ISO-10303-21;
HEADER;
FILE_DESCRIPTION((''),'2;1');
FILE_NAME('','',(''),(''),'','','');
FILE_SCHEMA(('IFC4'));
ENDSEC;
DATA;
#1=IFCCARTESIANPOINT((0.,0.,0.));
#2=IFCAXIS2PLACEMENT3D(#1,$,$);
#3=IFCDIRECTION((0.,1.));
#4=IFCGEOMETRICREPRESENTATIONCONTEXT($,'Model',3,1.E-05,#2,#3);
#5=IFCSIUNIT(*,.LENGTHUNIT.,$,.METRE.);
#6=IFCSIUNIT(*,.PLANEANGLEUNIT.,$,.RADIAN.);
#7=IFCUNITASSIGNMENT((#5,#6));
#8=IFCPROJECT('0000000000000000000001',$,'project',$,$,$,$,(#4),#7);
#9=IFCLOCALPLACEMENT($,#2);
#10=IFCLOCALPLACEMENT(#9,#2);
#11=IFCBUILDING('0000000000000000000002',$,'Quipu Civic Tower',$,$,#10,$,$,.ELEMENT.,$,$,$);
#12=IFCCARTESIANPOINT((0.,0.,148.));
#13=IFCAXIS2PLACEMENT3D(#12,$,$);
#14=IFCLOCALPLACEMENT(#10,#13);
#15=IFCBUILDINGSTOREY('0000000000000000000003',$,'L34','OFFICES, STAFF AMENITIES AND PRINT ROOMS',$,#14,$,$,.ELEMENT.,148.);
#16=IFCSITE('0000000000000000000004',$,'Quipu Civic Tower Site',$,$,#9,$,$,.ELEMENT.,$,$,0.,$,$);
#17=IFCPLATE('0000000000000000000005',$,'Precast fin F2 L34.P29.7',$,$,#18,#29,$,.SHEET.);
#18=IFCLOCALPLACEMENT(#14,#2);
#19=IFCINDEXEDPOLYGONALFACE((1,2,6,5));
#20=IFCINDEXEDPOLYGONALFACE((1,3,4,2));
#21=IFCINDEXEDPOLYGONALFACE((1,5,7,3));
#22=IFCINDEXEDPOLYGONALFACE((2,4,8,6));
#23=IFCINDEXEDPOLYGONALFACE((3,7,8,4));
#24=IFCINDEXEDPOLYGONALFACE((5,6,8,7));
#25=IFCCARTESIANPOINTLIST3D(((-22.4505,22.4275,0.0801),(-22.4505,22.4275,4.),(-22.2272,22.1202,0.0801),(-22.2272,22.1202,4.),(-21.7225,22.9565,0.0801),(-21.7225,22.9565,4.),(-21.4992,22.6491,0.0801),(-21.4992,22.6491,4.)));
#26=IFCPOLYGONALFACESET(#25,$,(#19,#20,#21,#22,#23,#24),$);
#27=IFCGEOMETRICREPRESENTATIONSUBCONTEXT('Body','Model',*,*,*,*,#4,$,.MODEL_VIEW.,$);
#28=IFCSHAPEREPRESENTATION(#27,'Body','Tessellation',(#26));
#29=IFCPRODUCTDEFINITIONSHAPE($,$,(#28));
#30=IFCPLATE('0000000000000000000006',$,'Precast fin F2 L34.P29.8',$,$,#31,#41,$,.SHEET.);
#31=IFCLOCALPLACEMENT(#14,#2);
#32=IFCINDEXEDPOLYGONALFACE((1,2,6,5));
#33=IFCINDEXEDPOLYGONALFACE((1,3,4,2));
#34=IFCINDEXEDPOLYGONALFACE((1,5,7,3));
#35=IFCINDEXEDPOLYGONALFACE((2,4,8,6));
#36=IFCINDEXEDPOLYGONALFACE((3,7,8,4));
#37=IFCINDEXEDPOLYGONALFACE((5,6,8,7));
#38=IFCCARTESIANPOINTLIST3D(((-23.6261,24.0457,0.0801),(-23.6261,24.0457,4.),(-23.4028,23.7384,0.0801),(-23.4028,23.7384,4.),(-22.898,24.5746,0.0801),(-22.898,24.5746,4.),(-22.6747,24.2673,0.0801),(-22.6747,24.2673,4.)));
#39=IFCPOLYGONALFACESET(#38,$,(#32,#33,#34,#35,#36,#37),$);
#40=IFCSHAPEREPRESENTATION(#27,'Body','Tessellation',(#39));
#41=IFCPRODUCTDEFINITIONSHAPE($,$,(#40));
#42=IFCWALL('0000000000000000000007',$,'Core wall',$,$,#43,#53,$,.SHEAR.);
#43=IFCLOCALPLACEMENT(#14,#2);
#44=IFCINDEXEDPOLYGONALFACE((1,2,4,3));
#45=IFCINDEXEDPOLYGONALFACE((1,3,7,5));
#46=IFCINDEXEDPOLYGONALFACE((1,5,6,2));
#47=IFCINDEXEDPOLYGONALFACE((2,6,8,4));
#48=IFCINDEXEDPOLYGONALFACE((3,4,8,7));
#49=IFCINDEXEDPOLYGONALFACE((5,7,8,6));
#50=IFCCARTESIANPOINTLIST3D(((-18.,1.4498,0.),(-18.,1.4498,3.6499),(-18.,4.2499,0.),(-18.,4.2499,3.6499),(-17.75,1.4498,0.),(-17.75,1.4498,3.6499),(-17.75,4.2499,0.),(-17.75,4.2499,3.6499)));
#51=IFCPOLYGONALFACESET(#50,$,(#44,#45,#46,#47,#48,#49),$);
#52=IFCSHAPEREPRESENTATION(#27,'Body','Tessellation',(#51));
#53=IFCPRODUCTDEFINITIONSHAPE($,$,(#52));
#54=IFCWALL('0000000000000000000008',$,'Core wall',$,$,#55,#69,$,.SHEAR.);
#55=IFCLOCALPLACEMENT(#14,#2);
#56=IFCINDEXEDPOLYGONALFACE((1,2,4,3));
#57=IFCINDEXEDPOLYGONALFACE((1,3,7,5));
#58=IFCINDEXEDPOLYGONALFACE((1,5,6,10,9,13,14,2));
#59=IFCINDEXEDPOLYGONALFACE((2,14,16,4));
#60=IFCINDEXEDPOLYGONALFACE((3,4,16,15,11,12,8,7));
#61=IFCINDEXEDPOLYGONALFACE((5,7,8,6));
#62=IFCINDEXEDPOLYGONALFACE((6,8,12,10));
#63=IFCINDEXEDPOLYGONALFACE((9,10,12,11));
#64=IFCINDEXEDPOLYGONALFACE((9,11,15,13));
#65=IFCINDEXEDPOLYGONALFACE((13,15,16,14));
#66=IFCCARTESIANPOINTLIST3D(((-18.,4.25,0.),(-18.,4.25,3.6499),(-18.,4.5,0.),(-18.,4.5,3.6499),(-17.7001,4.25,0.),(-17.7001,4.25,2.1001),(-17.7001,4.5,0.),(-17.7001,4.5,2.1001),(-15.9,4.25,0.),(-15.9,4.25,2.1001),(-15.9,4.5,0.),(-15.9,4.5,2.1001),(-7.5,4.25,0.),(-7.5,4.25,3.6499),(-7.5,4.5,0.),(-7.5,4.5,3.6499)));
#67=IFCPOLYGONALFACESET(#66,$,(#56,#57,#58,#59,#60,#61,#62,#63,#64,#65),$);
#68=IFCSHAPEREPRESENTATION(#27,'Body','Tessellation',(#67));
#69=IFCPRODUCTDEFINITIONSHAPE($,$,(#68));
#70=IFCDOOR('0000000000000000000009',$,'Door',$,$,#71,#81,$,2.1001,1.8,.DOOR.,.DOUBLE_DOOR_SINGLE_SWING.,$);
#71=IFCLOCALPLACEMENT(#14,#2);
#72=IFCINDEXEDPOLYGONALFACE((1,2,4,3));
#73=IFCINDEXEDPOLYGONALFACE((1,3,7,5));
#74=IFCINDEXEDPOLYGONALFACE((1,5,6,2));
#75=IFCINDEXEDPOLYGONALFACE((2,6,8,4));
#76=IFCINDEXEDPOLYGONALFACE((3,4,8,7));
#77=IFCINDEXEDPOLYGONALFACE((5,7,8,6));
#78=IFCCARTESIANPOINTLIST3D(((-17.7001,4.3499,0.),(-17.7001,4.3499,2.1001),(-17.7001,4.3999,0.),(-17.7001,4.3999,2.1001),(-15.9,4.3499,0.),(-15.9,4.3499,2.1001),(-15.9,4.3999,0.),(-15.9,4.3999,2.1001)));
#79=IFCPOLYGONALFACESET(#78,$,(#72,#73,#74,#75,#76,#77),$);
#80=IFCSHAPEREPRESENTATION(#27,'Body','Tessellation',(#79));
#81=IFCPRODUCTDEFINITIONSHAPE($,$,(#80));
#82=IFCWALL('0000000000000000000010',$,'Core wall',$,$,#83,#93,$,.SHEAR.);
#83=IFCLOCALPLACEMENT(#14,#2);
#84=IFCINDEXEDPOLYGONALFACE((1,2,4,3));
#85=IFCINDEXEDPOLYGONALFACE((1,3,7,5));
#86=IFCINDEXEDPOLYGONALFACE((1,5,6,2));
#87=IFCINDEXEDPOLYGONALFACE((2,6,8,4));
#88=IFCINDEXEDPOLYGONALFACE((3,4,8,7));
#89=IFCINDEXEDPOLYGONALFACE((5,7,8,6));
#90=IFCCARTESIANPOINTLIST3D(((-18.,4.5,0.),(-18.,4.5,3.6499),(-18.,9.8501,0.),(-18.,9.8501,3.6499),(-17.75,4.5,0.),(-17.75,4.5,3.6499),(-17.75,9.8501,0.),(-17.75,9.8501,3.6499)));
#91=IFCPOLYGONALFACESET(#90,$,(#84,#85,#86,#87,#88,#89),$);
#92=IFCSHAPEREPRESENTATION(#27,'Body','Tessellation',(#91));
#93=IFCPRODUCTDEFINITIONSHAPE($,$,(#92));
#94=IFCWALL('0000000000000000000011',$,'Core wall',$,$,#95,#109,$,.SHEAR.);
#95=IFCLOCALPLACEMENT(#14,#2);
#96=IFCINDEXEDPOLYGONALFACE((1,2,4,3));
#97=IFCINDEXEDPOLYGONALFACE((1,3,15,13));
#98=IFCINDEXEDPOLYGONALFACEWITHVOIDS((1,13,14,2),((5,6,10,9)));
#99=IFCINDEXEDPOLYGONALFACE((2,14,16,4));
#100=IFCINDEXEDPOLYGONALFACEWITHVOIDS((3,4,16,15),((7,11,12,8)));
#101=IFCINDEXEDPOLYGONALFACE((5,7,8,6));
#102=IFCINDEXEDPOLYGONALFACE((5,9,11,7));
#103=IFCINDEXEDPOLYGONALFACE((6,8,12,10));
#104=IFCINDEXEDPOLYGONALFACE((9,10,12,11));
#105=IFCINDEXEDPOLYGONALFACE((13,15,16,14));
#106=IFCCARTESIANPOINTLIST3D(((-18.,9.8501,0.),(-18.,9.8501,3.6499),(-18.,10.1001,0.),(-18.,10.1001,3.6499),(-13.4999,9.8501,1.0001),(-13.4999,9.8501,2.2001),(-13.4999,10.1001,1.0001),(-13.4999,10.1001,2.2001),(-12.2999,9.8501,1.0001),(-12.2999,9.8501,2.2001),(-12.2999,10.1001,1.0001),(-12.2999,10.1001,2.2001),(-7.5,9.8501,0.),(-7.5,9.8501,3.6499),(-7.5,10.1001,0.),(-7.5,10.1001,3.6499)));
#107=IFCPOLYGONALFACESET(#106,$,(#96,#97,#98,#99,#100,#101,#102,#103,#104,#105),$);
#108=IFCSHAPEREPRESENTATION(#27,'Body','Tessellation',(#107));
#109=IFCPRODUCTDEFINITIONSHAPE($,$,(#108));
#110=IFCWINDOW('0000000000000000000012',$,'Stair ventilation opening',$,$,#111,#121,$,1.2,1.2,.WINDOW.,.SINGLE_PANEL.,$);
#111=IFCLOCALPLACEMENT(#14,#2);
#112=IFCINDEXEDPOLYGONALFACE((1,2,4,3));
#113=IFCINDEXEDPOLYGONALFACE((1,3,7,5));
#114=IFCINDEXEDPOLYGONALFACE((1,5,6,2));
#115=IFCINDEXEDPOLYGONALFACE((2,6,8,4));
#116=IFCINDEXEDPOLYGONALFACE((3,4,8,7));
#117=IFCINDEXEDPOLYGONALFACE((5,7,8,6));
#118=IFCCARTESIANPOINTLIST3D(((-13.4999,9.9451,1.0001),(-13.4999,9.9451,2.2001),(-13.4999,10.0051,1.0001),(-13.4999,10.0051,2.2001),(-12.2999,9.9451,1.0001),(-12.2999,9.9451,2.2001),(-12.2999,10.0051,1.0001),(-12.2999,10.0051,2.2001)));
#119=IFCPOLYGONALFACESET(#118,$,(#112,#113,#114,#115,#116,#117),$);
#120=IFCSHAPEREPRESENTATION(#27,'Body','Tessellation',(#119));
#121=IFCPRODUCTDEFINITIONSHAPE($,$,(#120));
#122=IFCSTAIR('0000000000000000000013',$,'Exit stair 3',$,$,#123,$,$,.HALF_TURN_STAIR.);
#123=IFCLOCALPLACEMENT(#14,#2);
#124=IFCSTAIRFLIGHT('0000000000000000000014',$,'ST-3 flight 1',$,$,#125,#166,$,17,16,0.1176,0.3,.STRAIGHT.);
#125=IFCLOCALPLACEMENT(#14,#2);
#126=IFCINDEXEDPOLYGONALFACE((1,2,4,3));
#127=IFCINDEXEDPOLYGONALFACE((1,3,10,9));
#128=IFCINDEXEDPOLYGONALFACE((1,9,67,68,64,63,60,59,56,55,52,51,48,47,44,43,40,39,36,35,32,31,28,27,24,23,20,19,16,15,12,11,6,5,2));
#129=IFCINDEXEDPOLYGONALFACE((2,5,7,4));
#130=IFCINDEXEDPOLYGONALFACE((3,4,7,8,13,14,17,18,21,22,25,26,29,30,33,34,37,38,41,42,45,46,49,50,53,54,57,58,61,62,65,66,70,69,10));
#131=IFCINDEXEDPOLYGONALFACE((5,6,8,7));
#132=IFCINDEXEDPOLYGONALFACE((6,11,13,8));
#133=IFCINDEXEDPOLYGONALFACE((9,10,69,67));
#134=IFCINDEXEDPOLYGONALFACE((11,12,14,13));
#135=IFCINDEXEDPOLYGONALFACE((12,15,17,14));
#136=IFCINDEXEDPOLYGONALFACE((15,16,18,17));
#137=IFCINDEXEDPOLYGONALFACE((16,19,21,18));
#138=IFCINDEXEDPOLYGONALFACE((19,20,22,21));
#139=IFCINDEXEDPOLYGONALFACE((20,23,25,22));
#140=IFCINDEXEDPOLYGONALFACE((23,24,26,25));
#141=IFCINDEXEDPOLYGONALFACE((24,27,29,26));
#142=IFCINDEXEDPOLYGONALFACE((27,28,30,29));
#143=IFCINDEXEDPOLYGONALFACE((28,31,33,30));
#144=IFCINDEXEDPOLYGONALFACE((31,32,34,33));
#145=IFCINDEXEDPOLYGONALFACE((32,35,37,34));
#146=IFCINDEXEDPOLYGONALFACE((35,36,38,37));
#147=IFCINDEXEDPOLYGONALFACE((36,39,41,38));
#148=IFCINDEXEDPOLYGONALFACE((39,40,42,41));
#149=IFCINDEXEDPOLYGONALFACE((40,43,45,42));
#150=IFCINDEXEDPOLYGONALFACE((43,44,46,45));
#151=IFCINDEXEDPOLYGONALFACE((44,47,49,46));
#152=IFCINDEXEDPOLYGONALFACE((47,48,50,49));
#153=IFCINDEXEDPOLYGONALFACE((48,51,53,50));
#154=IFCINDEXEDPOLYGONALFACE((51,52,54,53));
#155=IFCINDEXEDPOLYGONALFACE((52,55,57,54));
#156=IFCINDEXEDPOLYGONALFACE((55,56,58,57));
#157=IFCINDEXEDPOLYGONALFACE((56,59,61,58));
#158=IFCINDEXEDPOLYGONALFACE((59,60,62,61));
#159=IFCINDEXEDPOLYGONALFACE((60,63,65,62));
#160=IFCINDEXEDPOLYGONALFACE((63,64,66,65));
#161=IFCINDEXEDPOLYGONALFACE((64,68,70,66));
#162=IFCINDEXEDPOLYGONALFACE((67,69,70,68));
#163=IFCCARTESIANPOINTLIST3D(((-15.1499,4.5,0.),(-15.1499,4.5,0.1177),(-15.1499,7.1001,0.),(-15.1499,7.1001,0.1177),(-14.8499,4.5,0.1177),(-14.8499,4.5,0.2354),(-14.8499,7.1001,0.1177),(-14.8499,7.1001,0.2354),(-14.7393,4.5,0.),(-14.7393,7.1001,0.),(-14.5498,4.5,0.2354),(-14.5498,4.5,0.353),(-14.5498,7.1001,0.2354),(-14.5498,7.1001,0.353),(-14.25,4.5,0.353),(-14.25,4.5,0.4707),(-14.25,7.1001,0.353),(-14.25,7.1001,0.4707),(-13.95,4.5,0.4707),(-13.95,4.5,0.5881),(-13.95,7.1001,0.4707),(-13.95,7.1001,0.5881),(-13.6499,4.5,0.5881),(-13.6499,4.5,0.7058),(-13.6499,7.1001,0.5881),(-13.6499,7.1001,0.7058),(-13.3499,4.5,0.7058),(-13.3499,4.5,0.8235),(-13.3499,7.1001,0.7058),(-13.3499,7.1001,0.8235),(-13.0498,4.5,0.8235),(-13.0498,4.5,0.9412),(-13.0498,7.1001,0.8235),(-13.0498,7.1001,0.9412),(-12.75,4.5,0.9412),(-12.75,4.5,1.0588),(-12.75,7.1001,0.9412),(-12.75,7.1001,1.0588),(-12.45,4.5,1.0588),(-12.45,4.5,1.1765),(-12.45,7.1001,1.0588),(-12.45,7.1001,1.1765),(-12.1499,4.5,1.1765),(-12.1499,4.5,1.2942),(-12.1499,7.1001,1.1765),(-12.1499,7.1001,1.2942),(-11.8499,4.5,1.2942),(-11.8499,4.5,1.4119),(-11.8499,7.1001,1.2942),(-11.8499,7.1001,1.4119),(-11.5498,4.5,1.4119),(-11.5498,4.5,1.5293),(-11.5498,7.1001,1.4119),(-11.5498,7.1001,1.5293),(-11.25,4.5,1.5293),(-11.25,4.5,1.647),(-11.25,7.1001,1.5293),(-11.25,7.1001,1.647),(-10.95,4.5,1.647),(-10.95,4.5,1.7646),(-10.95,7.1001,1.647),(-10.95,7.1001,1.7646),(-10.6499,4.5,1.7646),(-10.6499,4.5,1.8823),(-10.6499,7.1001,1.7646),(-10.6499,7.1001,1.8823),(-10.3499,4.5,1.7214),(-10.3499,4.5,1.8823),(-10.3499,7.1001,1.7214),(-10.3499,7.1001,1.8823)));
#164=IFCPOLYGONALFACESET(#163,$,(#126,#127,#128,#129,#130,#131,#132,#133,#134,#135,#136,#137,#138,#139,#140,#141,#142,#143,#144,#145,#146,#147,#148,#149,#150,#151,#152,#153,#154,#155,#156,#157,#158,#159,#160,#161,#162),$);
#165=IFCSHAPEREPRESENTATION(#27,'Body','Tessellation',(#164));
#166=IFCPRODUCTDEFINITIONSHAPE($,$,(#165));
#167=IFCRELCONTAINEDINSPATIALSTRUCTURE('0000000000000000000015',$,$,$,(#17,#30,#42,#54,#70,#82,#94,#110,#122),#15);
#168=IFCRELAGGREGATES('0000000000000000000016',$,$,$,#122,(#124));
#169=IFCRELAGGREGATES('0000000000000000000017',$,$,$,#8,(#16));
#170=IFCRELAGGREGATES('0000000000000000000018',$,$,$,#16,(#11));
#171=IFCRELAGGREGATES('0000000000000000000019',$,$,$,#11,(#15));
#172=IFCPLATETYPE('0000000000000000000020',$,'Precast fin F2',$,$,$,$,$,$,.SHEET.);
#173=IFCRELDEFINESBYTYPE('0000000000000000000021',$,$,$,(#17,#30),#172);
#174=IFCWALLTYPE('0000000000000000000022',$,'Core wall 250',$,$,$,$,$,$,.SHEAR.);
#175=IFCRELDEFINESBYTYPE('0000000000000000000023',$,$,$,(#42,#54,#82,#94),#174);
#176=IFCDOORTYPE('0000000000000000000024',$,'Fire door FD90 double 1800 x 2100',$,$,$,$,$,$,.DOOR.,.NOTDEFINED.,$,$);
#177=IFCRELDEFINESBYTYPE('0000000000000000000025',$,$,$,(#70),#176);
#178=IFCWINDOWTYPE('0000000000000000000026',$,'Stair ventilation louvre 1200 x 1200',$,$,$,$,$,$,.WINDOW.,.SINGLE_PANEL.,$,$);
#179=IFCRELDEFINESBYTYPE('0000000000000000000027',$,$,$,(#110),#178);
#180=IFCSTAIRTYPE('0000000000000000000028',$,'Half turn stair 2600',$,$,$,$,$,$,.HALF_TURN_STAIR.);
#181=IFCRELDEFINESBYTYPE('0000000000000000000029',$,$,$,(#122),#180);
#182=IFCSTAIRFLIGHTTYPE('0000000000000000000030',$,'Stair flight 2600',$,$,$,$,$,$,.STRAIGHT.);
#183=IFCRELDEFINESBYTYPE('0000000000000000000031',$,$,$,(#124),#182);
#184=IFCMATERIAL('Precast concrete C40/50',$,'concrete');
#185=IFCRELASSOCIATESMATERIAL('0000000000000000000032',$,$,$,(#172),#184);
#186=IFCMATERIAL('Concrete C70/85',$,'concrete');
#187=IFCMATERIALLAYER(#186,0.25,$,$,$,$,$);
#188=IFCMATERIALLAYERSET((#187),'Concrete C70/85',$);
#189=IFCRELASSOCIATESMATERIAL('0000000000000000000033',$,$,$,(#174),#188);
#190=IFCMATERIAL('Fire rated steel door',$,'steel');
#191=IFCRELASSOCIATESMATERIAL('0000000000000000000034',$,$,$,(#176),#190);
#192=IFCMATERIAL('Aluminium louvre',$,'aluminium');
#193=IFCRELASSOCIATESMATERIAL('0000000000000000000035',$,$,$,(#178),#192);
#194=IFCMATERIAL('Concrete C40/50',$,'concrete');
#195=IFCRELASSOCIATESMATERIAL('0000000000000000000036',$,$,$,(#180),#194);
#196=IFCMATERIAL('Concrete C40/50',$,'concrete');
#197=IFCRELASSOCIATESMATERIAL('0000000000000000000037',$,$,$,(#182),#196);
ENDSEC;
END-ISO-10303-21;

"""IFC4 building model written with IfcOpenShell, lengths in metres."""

from ifc_helpers import new_model, si_unit, direction, frame, frame_2d, origin, origin_2d, place, context, subcontext, project, spatial, polyline, rectangle, outline, extrude, material, layer, layer_set, type_object, element, fill, aggregate, save


model = new_model("IFC4")

# Units and contexts
model_context = context("Model", 3, precision=1e-05, world=origin(), true_north=direction((0.0, 1.0)))
body_context = subcontext(model_context, "Body", "Model", "MODEL_VIEW")
ifc_project = project(units=[si_unit("LENGTHUNIT", "METRE"), si_unit("PLANEANGLEUNIT", "RADIAN")], contexts=[model_context])

# Site, building, storey
site_placement = place(None, origin())
site = spatial("IfcSite", under=ifc_project, at=site_placement, Name="Quipu Civic Tower Site", CompositionType="ELEMENT", RefElevation=0.0)
building_placement = place(site_placement, origin())
building = spatial("IfcBuilding", under=site, at=building_placement, Name="Quipu Civic Tower", CompositionType="ELEMENT")
storey_placement = place(building_placement, frame((0.0, 0.0, 148.0)))
storey = spatial("IfcBuildingStorey", under=building, at=storey_placement, Name="L34", Description="OFFICES, STAFF AMENITIES AND PRINT ROOMS", CompositionType="ELEMENT", Elevation=148.0)

# Plates
ifc_material_1 = material(Name="Precast concrete C40/50", Category="concrete")
plate_type_1 = type_object("IfcPlateType", Name="Precast fin F2", PredefinedType="SHEET", material=ifc_material_1)
for number, where, z_axis, x_axis, name in (
    (1, (-21.9749, 22.5383, 0.0801), (0.0, 0.0, 1.0), (-0.587787, 0.809016, 0.0), "Precast fin F2 L34.P29.7"),
    (2, (-23.1504, 24.1565, 0.0801), (0.0, 0.0, 1.0), (-0.587787, 0.809016, 0.0), "Precast fin F2 L34.P29.8"),
):
    element("IfcPlate", number, at=place(storey_placement, frame(where, z_axis=z_axis, x_axis=x_axis)), inside=storey, type_object=plate_type_1, Name=name, PredefinedType="SHEET", context=body_context, shape_type="SweptSolid", body=[
        extrude(rectangle(XDim=0.3799, YDim=0.8999, at=origin_2d()), origin(), (0.0, 0.0, 1.0), 3.9199),
    ])

# Wall
ifc_material_2 = material(Name="Concrete C70/85", Category="concrete")
ifc_layer_1 = layer(ifc_material_2, 0.25)
ifc_layer_set_1 = layer_set([ifc_layer_1], Name="Concrete C70/85")
wall_type = type_object("IfcWallType", Name="Core wall 250", PredefinedType="SHEAR", material=ifc_layer_set_1)
wall_1_placement = place(storey_placement, frame((-17.875, 1.45, 0.0), z_axis=(0.0, 0.0, 1.0), x_axis=(0.0, 1.0, 0.0)))
element("IfcWall", 3, at=wall_1_placement, inside=storey, type_object=wall_type, Name="Core wall", PredefinedType="SHEAR", context=body_context, shape_type="SweptSolid", body=[
    extrude(rectangle(XDim=2.8, YDim=0.25, at=frame_2d((1.3999, 0.0))), origin(), (0.0, 0.0, 1.0), 3.6499),
])

# Wall, opening, door
wall_2_placement = place(storey_placement, frame((-18.0, 4.375, 0.0), z_axis=(0.0, 0.0, 1.0), x_axis=(1.0, 0.0, 0.0)))
wall_2 = element("IfcWall", 4, at=wall_2_placement, inside=storey, type_object=wall_type, Name="Core wall", PredefinedType="SHEAR", context=body_context, shape_type="SweptSolid", body=[
    extrude(rectangle(XDim=10.5, YDim=0.25, at=frame_2d((5.25, 0.0))), origin(), (0.0, 0.0, 1.0), 3.6499),
])
opening_1_placement = place(wall_2_placement, frame((0.3, 0.0, 0.0)))
opening_1 = element("IfcOpeningElement", 5, at=opening_1_placement, cuts=wall_2, PredefinedType="OPENING", context=body_context, shape_type="SweptSolid", body=[
    extrude(rectangle(XDim=1.8, YDim=2.1001, at=frame_2d((0.8999, 1.05))), frame((0.0, 0.135, 0.0), z_axis=(0.0, -1.0, 0.0), x_axis=(1.0, 0.0, 0.0)), (0.0, 0.0, 1.0), 0.27),
])
ifc_material_3 = material(Name="Fire rated steel door", Category="steel")
door_type = type_object("IfcDoorType", Name="Fire door FD90 double 1800 x 2100", OperationType="NOTDEFINED", PredefinedType="DOOR", material=ifc_material_3)
door_placement = place(opening_1_placement, origin())
door = element("IfcDoor", 6, at=door_placement, inside=storey, type_object=door_type, Name="Door", OperationType="DOUBLE_DOOR_SINGLE_SWING", OverallHeight=2.1001, OverallWidth=1.8, PredefinedType="DOOR", context=body_context, shape_type="SweptSolid", body=[
    extrude(rectangle(XDim=1.8, YDim=2.1001, at=frame_2d((0.8999, 1.05))), frame((0.0, 0.0249, 0.0), z_axis=(0.0, -1.0, 0.0), x_axis=(1.0, 0.0, 0.0)), (0.0, 0.0, 1.0), 0.05),
])
fill(opening_1, door)

# Wall
wall_3_placement = place(storey_placement, frame((-17.875, 4.5, 0.0), z_axis=(0.0, 0.0, 1.0), x_axis=(0.0, 1.0, 0.0)))
element("IfcWall", 7, at=wall_3_placement, inside=storey, type_object=wall_type, Name="Core wall", PredefinedType="SHEAR", context=body_context, shape_type="SweptSolid", body=[
    extrude(rectangle(XDim=5.3501, YDim=0.25, at=frame_2d((2.675, 0.0))), origin(), (0.0, 0.0, 1.0), 3.6499),
])

# Wall, opening, window
wall_4_placement = place(storey_placement, frame((-18.0, 9.9751, 0.0), z_axis=(0.0, 0.0, 1.0), x_axis=(1.0, 0.0, 0.0)))
wall_4 = element("IfcWall", 8, at=wall_4_placement, inside=storey, type_object=wall_type, Name="Core wall", PredefinedType="SHEAR", context=body_context, shape_type="SweptSolid", body=[
    extrude(rectangle(XDim=10.5, YDim=0.25, at=frame_2d((5.25, 0.0))), origin(), (0.0, 0.0, 1.0), 3.6499),
])
opening_2_placement = place(wall_4_placement, frame((4.5, 0.0, 1.0)))
opening_2 = element("IfcOpeningElement", 9, at=opening_2_placement, cuts=wall_4, PredefinedType="OPENING", context=body_context, shape_type="SweptSolid", body=[
    extrude(rectangle(XDim=1.2, YDim=1.2, at=frame_2d((0.6001, 0.6001))), frame((0.0, 0.135, 0.0), z_axis=(0.0, -1.0, 0.0), x_axis=(1.0, 0.0, 0.0)), (0.0, 0.0, 1.0), 0.27),
])
ifc_material_4 = material(Name="Aluminium louvre", Category="aluminium")
window_type = type_object("IfcWindowType", Name="Stair ventilation louvre 1200 x 1200", PartitioningType="SINGLE_PANEL", PredefinedType="WINDOW", material=ifc_material_4)
window_placement = place(opening_2_placement, origin())
window = element("IfcWindow", 10, at=window_placement, inside=storey, type_object=window_type, Name="Stair ventilation opening", OverallHeight=1.2, OverallWidth=1.2, PartitioningType="SINGLE_PANEL", PredefinedType="WINDOW", context=body_context, shape_type="SweptSolid", body=[
    extrude(rectangle(XDim=1.2, YDim=1.2, at=frame_2d((0.6001, 0.6001))), frame((0.0, 0.03, 0.0), z_axis=(0.0, -1.0, 0.0), x_axis=(1.0, 0.0, 0.0)), (0.0, 0.0, 1.0), 0.0601),
])
fill(opening_2, window)

# Stair, stair flight
ifc_material_5 = material(Name="Concrete C40/50", Category="concrete")
stair_type = type_object("IfcStairType", Name="Half turn stair 2600", PredefinedType="HALF_TURN_STAIR", material=ifc_material_5)
stair_placement = place(storey_placement, origin())
stair = element("IfcStair", 11, at=stair_placement, inside=storey, type_object=stair_type, Name="Exit stair 3", PredefinedType="HALF_TURN_STAIR")
ifc_material_6 = material(Name="Concrete C40/50", Category="concrete")
stair_flight_type = type_object("IfcStairFlightType", Name="Stair flight 2600", PredefinedType="STRAIGHT", material=ifc_material_6)
stair_flight_placement = place(storey_placement, frame((-15.1499, 5.8, 0.0), z_axis=(0.0, 0.0, 1.0), x_axis=(1.0, 0.0, 0.0)))
stair_flight = element("IfcStairFlight", 12, at=stair_flight_placement, type_object=stair_flight_type, Name="ST-3 flight 1", NumberOfRisers=17, NumberOfTreads=16, PredefinedType="STRAIGHT", RiserHeight=0.1176, TreadLength=0.3, context=body_context, shape_type="SweptSolid", body=[
    extrude(outline(polyline([(0.0, 0.0), (0.0, 0.1177), (0.3, 0.1177), (0.3, 0.2354), (0.6001, 0.2354), (0.6001, 0.353), (0.8999, 0.353), (0.8999, 0.4707), (1.2, 0.4707), (1.2, 0.5881), (1.5, 0.5881), (1.5, 0.7058), (1.8, 0.7058), (1.8, 0.8235), (2.1001, 0.8235), (2.1001, 0.9412), (2.3999, 0.9412), (2.3999, 1.0588), (2.7, 1.0588), (2.7, 1.1765), (3.0, 1.1765), (3.0, 1.2942), (3.3, 1.2942), (3.3, 1.4119), (3.6001, 1.4119), (3.6001, 1.5293), (3.8999, 1.5293), (3.8999, 1.647), (4.2, 1.647), (4.2, 1.7646), (4.5, 1.7646), (4.5, 1.8823), (4.8, 1.8823), (4.8, 2.0), (4.8, 1.7214), (0.4106, 0.0), (0.0, 0.0)])), frame((0.0, 1.3, 0.0), z_axis=(0.0, -1.0, 0.0), x_axis=(1.0, 0.0, 0.0)), (0.0, 0.0, 1.0), 2.6001),
])
aggregate(stair, [stair_flight])

save(model, "model.ifc")
